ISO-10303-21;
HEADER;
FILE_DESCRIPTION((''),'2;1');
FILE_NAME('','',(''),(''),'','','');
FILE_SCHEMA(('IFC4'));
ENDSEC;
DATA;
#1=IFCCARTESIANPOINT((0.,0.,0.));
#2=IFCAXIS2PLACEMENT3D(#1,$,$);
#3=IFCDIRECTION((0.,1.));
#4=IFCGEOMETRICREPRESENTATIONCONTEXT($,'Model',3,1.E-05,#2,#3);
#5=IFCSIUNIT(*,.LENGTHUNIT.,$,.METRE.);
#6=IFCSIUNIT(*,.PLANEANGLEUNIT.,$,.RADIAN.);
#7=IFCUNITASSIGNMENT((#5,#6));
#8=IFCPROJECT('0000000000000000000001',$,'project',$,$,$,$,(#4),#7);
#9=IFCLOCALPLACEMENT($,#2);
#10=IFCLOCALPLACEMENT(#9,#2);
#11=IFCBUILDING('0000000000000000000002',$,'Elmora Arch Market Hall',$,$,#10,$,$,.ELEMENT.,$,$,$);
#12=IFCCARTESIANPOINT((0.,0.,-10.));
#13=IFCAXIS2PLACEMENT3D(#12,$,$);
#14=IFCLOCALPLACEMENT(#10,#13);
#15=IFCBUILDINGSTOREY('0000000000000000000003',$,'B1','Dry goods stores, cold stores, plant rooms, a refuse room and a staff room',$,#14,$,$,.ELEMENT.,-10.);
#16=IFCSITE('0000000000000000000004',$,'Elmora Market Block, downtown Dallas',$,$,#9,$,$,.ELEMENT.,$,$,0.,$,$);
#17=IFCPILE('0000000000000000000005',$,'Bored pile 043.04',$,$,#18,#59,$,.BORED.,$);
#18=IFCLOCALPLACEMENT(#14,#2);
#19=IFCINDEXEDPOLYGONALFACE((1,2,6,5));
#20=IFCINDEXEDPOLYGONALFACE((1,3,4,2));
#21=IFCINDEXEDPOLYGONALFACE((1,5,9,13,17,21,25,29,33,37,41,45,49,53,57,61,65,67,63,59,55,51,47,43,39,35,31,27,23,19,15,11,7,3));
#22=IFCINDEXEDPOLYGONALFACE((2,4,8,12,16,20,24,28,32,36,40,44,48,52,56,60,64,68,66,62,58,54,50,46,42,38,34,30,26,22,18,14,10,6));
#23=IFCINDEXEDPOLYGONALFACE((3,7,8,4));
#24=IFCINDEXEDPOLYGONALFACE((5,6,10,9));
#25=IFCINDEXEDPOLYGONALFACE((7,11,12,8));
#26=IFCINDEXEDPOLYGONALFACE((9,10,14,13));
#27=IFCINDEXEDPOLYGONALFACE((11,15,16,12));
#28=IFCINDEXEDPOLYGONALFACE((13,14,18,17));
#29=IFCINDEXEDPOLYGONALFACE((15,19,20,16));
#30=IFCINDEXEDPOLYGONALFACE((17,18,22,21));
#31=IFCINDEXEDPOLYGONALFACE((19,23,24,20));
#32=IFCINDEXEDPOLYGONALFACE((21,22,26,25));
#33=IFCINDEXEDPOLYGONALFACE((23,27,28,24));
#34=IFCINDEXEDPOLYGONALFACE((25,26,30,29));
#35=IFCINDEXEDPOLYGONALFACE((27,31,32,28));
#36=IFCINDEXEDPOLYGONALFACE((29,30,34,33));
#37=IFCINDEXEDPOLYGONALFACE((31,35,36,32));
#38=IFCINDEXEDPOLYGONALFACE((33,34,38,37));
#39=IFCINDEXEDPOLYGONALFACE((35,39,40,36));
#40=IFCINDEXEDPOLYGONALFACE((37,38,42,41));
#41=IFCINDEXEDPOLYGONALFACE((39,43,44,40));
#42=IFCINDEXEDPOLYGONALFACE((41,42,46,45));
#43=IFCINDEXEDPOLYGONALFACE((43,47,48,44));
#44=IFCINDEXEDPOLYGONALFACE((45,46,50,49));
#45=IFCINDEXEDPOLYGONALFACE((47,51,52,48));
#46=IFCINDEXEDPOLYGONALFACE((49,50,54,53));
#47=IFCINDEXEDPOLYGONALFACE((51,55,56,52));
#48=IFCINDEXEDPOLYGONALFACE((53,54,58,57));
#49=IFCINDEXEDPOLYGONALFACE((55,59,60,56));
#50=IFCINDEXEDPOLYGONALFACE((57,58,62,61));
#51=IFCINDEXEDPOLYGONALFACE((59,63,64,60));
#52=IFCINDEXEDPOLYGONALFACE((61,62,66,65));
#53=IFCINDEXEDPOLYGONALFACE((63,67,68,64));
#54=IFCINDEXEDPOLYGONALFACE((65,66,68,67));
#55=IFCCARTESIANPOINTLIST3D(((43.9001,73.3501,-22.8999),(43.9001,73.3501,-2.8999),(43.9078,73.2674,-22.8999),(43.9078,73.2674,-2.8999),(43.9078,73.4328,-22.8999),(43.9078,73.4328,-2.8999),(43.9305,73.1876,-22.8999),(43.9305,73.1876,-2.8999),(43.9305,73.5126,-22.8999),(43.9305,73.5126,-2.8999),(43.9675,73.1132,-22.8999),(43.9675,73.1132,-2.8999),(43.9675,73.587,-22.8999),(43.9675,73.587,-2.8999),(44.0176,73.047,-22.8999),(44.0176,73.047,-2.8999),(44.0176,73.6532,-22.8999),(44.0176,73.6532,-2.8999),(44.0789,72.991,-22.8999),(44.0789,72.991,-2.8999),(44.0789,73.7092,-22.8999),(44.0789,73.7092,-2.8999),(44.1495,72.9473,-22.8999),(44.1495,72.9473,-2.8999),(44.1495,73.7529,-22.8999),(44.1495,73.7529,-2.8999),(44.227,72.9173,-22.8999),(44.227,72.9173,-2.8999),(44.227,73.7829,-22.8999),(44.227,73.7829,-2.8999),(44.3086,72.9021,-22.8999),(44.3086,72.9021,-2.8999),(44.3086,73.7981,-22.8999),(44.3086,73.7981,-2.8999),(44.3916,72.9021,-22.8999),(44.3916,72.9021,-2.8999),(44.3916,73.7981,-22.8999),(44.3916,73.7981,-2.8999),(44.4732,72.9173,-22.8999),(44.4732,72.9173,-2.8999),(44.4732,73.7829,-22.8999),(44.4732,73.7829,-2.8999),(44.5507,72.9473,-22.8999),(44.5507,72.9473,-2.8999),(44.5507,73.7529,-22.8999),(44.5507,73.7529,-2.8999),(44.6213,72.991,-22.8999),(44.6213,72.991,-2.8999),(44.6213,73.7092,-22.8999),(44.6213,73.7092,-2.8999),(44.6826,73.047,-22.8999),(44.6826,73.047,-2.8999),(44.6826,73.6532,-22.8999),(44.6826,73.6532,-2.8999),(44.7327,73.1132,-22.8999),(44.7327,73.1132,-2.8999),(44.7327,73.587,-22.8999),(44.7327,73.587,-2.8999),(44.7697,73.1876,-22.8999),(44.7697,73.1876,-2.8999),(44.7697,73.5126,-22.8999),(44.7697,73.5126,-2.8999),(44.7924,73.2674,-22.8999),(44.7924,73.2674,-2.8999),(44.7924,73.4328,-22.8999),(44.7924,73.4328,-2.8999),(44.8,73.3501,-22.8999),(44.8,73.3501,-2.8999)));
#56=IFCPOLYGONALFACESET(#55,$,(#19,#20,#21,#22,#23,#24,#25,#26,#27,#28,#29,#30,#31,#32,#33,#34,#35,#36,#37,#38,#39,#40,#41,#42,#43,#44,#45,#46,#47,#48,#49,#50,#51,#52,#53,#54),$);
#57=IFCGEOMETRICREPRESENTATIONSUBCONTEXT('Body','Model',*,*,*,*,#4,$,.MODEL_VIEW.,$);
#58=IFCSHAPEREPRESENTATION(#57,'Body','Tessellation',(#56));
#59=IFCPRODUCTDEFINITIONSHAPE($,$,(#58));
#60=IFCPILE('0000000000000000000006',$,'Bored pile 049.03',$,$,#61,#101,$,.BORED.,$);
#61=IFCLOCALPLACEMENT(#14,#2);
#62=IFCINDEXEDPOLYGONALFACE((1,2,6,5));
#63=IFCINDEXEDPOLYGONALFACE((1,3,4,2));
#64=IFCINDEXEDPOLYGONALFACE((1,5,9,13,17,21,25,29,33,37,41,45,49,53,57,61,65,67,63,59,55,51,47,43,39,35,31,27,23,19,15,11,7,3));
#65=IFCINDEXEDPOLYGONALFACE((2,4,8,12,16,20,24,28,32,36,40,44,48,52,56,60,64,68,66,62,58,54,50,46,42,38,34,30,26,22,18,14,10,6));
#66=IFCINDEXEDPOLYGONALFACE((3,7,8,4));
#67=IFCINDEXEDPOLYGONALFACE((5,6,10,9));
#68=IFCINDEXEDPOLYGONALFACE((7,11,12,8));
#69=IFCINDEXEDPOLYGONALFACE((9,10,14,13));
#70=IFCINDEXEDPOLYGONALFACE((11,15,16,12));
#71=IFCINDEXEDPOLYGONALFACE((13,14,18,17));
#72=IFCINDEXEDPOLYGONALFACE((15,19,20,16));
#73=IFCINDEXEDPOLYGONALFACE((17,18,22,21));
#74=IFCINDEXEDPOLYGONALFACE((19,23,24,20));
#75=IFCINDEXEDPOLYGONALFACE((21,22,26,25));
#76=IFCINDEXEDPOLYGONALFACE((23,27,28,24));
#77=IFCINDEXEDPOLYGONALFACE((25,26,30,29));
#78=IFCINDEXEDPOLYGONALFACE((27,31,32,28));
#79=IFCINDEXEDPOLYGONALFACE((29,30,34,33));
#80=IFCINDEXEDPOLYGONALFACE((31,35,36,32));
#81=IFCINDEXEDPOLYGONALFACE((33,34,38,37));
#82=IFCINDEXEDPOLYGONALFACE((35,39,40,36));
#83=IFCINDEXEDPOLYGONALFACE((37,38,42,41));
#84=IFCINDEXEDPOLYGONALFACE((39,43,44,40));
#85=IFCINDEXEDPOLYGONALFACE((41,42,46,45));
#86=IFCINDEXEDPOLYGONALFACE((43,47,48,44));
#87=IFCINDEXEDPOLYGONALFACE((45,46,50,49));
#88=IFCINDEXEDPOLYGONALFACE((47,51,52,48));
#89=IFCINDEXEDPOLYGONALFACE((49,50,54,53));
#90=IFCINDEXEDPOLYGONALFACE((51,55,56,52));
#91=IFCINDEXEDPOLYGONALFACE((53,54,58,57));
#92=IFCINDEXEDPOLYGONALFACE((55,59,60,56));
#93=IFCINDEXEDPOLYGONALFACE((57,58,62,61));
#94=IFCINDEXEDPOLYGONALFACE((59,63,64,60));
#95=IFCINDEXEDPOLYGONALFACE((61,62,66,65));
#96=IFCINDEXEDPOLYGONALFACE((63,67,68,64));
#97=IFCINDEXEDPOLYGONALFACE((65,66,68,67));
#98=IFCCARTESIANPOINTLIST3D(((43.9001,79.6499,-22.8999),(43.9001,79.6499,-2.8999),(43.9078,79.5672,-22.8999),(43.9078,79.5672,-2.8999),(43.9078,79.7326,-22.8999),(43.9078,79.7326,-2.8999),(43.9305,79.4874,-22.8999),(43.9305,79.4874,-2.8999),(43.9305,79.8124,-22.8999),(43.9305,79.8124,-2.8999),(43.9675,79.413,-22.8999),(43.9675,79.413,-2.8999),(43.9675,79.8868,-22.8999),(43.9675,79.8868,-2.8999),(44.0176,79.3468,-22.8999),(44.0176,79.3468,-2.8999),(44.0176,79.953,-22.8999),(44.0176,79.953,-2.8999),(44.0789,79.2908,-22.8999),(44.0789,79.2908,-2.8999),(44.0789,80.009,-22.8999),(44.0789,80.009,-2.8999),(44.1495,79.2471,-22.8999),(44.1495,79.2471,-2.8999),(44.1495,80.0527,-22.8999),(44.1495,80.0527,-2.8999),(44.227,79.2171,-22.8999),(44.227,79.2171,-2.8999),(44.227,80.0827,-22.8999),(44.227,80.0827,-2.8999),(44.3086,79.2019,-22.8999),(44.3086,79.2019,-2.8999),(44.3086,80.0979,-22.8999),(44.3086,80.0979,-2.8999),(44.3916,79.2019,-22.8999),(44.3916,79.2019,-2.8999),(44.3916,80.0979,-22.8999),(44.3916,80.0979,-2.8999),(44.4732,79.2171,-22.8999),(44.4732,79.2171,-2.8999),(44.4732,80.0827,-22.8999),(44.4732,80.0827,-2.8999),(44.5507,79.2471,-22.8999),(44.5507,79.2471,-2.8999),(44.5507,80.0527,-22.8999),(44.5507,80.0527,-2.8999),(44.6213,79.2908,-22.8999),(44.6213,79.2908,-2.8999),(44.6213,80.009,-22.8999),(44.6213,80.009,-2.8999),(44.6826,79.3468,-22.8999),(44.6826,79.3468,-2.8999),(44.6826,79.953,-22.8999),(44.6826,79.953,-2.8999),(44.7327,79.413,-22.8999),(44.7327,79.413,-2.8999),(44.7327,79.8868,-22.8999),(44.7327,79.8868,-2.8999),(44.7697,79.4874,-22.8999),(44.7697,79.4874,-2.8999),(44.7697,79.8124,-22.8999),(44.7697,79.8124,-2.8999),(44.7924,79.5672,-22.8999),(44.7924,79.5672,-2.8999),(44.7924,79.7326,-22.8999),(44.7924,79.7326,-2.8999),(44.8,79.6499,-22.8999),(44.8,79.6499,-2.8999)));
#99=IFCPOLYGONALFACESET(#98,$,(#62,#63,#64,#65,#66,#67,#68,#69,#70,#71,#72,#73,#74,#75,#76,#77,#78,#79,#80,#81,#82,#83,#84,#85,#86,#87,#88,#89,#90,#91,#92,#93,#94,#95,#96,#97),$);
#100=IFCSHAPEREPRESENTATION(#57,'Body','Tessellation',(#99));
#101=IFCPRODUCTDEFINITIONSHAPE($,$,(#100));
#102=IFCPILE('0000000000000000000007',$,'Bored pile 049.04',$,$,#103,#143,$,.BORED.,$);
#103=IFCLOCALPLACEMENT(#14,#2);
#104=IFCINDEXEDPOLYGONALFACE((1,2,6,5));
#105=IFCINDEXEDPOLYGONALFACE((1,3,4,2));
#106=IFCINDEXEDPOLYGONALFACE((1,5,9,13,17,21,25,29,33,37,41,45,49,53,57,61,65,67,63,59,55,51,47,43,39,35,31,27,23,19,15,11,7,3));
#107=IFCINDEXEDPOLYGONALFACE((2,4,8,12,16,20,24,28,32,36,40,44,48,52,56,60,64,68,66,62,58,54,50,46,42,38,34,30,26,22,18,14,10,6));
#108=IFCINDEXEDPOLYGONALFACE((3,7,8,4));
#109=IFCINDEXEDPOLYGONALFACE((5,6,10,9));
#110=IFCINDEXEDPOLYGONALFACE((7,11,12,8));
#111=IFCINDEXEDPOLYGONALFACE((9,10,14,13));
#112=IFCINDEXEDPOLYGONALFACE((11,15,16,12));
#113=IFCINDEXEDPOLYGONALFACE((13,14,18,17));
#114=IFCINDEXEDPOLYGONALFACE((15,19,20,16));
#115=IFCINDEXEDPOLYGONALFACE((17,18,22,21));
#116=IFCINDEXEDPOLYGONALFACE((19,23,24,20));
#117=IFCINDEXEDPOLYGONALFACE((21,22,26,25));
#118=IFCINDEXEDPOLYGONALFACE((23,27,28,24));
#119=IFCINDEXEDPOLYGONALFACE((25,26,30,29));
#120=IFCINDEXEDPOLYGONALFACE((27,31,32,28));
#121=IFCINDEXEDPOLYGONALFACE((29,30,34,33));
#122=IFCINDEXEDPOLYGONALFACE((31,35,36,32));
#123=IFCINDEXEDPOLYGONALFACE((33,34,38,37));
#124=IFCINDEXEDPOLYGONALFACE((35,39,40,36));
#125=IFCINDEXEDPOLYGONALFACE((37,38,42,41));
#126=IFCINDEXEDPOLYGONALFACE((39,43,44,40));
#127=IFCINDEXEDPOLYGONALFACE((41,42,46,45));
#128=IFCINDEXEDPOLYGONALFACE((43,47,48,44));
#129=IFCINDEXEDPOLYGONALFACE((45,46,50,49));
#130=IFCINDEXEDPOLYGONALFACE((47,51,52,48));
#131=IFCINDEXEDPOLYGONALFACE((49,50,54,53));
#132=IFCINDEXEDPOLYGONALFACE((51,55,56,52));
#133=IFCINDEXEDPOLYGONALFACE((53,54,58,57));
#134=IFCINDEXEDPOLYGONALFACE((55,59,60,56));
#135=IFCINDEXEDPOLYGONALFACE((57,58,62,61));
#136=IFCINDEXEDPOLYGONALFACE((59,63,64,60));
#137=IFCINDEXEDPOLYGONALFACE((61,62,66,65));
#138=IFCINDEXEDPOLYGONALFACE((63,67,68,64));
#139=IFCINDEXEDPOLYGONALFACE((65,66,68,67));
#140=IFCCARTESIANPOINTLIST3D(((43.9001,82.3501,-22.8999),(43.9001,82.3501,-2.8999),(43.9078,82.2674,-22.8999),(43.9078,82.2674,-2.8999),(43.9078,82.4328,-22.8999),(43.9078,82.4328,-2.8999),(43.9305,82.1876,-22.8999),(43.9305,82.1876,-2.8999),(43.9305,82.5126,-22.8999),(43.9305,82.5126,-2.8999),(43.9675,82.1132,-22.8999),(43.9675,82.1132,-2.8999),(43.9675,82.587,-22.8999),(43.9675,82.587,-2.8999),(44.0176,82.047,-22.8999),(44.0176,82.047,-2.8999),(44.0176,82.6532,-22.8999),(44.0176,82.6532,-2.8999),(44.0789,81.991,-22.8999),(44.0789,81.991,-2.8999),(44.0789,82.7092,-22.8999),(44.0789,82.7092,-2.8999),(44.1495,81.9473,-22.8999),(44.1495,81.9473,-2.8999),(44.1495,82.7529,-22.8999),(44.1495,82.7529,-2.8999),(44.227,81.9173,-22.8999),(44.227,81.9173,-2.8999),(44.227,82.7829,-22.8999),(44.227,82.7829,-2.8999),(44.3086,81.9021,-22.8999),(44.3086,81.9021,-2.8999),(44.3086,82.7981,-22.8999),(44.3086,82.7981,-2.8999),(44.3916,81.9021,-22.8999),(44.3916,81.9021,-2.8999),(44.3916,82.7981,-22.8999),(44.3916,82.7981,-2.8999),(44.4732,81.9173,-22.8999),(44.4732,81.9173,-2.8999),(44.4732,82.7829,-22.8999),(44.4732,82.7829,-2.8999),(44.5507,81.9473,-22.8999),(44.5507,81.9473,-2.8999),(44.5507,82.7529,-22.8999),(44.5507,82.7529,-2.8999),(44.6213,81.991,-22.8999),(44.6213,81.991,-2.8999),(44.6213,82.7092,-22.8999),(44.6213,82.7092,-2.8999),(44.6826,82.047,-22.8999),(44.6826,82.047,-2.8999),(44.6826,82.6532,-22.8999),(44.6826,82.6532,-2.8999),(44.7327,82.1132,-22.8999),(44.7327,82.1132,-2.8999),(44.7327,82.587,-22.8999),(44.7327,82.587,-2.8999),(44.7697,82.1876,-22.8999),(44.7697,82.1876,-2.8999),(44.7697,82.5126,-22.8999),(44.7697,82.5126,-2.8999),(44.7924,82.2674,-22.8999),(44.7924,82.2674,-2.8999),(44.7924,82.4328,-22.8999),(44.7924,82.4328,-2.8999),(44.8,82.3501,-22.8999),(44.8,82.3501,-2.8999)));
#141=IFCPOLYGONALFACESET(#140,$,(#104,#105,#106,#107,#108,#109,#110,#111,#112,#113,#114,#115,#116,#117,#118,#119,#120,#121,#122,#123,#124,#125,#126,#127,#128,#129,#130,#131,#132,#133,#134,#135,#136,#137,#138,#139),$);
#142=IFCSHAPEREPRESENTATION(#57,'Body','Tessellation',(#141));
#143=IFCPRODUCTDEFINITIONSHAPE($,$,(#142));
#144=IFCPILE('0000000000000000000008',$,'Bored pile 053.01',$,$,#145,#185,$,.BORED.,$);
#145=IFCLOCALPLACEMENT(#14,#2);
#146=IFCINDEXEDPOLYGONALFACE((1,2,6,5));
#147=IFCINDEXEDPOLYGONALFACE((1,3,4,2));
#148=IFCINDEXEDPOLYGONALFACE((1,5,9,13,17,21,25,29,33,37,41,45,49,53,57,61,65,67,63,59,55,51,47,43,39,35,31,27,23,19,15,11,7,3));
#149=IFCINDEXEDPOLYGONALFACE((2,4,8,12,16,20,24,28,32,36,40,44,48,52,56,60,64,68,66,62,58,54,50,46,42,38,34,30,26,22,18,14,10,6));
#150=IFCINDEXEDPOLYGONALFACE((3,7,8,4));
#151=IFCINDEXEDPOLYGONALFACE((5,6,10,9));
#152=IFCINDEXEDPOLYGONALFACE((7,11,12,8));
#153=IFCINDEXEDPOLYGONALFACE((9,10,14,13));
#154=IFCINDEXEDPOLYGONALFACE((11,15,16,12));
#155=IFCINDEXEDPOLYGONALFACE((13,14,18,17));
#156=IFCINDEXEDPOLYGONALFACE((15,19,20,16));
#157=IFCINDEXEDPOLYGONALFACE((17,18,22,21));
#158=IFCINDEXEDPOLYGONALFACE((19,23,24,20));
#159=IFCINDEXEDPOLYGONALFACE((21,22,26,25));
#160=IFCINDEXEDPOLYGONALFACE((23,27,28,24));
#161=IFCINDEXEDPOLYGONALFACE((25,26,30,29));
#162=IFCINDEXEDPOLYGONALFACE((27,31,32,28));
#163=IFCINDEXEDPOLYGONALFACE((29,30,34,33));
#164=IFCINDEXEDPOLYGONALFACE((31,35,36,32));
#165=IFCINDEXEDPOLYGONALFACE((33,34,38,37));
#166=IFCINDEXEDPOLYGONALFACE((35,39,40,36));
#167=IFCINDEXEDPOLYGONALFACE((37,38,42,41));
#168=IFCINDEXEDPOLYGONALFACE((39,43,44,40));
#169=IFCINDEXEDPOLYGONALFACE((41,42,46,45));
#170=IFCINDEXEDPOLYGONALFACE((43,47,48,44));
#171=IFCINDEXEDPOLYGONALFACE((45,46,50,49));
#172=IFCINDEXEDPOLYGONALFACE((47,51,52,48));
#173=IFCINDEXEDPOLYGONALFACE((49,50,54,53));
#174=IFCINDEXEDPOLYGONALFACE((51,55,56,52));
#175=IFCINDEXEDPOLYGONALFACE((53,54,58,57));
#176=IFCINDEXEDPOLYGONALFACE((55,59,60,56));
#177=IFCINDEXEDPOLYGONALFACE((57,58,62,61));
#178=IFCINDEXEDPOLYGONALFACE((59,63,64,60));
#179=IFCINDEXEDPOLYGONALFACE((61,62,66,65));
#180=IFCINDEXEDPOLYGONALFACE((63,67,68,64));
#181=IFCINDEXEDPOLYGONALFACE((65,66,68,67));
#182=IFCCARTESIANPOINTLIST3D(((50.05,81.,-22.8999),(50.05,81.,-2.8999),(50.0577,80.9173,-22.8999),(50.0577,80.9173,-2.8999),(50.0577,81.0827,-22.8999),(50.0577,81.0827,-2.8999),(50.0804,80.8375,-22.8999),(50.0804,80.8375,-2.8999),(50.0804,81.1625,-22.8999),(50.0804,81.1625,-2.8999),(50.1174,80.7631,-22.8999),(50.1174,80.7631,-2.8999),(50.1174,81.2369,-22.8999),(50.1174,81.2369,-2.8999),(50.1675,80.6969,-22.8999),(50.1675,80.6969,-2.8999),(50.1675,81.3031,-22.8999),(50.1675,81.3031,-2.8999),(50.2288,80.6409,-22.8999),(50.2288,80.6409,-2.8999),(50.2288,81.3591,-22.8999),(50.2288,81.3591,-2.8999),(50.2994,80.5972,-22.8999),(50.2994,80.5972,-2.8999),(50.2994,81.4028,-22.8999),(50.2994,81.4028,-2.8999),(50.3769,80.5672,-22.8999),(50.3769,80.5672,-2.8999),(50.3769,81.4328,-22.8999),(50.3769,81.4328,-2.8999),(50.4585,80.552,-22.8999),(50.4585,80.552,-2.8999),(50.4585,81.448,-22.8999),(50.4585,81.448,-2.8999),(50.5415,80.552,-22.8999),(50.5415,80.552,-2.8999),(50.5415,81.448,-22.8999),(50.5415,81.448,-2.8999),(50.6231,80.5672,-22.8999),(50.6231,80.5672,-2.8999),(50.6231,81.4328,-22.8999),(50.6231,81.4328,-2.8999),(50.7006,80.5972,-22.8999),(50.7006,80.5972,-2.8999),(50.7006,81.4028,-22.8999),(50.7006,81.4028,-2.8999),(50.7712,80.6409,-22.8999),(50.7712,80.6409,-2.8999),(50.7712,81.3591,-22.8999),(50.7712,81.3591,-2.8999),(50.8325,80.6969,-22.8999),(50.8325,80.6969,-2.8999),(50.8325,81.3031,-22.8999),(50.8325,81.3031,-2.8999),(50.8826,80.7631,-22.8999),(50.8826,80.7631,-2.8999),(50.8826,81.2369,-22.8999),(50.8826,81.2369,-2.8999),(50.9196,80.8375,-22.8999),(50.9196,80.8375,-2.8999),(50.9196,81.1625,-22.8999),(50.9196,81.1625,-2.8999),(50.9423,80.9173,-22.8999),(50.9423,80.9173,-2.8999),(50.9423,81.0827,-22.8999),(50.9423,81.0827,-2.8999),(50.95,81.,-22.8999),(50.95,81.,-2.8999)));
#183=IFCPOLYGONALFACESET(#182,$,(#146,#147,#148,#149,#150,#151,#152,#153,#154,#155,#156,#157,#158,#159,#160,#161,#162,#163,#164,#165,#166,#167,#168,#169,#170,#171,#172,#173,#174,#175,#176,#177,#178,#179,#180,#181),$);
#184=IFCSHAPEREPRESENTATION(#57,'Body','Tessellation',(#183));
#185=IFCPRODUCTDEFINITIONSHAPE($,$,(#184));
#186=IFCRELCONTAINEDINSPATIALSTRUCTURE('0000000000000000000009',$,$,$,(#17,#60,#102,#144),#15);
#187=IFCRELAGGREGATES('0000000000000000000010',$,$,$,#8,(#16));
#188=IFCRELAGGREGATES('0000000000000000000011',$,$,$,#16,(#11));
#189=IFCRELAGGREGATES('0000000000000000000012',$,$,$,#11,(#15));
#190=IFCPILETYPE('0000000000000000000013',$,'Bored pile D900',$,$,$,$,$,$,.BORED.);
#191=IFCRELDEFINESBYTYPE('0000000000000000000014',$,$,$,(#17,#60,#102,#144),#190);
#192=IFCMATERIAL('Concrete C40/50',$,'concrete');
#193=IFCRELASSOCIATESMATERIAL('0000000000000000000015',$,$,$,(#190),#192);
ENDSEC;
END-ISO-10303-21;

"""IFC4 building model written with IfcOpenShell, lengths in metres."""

from ifc_helpers import new_model, si_unit, direction, frame, origin, origin_2d, place, context, subcontext, project, spatial, circle, extrude, material, material_profile, profile_set, type_object, element, save


model = new_model("IFC4")

# Units and contexts
model_context = context("Model", 3, precision=1e-05, world=origin(), true_north=direction((0.0, 1.0)))
body_context = subcontext(model_context, "Body", "Model", "MODEL_VIEW")
ifc_project = project(units=[si_unit("LENGTHUNIT", "METRE"), si_unit("PLANEANGLEUNIT", "RADIAN")], contexts=[model_context])

# Site, building, storey
site_placement = place(None, origin())
site = spatial("IfcSite", under=ifc_project, at=site_placement, Name="Elmora Market Block, downtown Dallas", CompositionType="ELEMENT", RefElevation=0.0)
building_placement = place(site_placement, origin())
building = spatial("IfcBuilding", under=site, at=building_placement, Name="Elmora Arch Market Hall", CompositionType="ELEMENT")
storey_placement = place(building_placement, frame((0.0, 0.0, -10.0)))
storey = spatial("IfcBuildingStorey", under=building, at=storey_placement, Name="B1", Description="Dry goods stores, cold stores, plant rooms, a refuse room and a staff room", CompositionType="ELEMENT", Elevation=-10.0)

# Piles
ifc_material_1 = material(Name="Concrete C40/50", Category="concrete")
ifc_material_profile_1 = material_profile(ifc_material_1, circle(Radius=0.45, at=origin_2d()), Name="Bored pile D900")
ifc_profile_set_1 = profile_set([ifc_material_profile_1], Name="Concrete C40/50")
pile_type = type_object("IfcPileType", Name="Bored pile D900", PredefinedType="BORED", material=ifc_profile_set_1)
for number, where, z_axis, x_axis, name in (
    (1, (44.3501, 73.3501, -2.8999), (0.0, 0.0, -1.0), (1.0, 0.0, 0.0), "Bored pile 043.04"),
    (2, (44.3501, 79.6499, -2.8999), (0.0, 0.0, -1.0), (1.0, 0.0, 0.0), "Bored pile 049.03"),
    (3, (44.3501, 82.3501, -2.8999), (0.0, 0.0, -1.0), (1.0, 0.0, 0.0), "Bored pile 049.04"),
    (4, (50.5, 81.0, -2.8999), (0.0, 0.0, -1.0), (1.0, 0.0, 0.0), "Bored pile 053.01"),
):
    element("IfcPile", number, at=place(storey_placement, frame(where, z_axis=z_axis, x_axis=x_axis)), inside=storey, type_object=pile_type, Name=name, PredefinedType="BORED", context=body_context, shape_type="SweptSolid", body=[
        extrude(circle(Radius=0.45, at=origin_2d()), origin(), (0.0, 0.0, 1.0), 20.0),
    ])

save(model, "model.ifc")
